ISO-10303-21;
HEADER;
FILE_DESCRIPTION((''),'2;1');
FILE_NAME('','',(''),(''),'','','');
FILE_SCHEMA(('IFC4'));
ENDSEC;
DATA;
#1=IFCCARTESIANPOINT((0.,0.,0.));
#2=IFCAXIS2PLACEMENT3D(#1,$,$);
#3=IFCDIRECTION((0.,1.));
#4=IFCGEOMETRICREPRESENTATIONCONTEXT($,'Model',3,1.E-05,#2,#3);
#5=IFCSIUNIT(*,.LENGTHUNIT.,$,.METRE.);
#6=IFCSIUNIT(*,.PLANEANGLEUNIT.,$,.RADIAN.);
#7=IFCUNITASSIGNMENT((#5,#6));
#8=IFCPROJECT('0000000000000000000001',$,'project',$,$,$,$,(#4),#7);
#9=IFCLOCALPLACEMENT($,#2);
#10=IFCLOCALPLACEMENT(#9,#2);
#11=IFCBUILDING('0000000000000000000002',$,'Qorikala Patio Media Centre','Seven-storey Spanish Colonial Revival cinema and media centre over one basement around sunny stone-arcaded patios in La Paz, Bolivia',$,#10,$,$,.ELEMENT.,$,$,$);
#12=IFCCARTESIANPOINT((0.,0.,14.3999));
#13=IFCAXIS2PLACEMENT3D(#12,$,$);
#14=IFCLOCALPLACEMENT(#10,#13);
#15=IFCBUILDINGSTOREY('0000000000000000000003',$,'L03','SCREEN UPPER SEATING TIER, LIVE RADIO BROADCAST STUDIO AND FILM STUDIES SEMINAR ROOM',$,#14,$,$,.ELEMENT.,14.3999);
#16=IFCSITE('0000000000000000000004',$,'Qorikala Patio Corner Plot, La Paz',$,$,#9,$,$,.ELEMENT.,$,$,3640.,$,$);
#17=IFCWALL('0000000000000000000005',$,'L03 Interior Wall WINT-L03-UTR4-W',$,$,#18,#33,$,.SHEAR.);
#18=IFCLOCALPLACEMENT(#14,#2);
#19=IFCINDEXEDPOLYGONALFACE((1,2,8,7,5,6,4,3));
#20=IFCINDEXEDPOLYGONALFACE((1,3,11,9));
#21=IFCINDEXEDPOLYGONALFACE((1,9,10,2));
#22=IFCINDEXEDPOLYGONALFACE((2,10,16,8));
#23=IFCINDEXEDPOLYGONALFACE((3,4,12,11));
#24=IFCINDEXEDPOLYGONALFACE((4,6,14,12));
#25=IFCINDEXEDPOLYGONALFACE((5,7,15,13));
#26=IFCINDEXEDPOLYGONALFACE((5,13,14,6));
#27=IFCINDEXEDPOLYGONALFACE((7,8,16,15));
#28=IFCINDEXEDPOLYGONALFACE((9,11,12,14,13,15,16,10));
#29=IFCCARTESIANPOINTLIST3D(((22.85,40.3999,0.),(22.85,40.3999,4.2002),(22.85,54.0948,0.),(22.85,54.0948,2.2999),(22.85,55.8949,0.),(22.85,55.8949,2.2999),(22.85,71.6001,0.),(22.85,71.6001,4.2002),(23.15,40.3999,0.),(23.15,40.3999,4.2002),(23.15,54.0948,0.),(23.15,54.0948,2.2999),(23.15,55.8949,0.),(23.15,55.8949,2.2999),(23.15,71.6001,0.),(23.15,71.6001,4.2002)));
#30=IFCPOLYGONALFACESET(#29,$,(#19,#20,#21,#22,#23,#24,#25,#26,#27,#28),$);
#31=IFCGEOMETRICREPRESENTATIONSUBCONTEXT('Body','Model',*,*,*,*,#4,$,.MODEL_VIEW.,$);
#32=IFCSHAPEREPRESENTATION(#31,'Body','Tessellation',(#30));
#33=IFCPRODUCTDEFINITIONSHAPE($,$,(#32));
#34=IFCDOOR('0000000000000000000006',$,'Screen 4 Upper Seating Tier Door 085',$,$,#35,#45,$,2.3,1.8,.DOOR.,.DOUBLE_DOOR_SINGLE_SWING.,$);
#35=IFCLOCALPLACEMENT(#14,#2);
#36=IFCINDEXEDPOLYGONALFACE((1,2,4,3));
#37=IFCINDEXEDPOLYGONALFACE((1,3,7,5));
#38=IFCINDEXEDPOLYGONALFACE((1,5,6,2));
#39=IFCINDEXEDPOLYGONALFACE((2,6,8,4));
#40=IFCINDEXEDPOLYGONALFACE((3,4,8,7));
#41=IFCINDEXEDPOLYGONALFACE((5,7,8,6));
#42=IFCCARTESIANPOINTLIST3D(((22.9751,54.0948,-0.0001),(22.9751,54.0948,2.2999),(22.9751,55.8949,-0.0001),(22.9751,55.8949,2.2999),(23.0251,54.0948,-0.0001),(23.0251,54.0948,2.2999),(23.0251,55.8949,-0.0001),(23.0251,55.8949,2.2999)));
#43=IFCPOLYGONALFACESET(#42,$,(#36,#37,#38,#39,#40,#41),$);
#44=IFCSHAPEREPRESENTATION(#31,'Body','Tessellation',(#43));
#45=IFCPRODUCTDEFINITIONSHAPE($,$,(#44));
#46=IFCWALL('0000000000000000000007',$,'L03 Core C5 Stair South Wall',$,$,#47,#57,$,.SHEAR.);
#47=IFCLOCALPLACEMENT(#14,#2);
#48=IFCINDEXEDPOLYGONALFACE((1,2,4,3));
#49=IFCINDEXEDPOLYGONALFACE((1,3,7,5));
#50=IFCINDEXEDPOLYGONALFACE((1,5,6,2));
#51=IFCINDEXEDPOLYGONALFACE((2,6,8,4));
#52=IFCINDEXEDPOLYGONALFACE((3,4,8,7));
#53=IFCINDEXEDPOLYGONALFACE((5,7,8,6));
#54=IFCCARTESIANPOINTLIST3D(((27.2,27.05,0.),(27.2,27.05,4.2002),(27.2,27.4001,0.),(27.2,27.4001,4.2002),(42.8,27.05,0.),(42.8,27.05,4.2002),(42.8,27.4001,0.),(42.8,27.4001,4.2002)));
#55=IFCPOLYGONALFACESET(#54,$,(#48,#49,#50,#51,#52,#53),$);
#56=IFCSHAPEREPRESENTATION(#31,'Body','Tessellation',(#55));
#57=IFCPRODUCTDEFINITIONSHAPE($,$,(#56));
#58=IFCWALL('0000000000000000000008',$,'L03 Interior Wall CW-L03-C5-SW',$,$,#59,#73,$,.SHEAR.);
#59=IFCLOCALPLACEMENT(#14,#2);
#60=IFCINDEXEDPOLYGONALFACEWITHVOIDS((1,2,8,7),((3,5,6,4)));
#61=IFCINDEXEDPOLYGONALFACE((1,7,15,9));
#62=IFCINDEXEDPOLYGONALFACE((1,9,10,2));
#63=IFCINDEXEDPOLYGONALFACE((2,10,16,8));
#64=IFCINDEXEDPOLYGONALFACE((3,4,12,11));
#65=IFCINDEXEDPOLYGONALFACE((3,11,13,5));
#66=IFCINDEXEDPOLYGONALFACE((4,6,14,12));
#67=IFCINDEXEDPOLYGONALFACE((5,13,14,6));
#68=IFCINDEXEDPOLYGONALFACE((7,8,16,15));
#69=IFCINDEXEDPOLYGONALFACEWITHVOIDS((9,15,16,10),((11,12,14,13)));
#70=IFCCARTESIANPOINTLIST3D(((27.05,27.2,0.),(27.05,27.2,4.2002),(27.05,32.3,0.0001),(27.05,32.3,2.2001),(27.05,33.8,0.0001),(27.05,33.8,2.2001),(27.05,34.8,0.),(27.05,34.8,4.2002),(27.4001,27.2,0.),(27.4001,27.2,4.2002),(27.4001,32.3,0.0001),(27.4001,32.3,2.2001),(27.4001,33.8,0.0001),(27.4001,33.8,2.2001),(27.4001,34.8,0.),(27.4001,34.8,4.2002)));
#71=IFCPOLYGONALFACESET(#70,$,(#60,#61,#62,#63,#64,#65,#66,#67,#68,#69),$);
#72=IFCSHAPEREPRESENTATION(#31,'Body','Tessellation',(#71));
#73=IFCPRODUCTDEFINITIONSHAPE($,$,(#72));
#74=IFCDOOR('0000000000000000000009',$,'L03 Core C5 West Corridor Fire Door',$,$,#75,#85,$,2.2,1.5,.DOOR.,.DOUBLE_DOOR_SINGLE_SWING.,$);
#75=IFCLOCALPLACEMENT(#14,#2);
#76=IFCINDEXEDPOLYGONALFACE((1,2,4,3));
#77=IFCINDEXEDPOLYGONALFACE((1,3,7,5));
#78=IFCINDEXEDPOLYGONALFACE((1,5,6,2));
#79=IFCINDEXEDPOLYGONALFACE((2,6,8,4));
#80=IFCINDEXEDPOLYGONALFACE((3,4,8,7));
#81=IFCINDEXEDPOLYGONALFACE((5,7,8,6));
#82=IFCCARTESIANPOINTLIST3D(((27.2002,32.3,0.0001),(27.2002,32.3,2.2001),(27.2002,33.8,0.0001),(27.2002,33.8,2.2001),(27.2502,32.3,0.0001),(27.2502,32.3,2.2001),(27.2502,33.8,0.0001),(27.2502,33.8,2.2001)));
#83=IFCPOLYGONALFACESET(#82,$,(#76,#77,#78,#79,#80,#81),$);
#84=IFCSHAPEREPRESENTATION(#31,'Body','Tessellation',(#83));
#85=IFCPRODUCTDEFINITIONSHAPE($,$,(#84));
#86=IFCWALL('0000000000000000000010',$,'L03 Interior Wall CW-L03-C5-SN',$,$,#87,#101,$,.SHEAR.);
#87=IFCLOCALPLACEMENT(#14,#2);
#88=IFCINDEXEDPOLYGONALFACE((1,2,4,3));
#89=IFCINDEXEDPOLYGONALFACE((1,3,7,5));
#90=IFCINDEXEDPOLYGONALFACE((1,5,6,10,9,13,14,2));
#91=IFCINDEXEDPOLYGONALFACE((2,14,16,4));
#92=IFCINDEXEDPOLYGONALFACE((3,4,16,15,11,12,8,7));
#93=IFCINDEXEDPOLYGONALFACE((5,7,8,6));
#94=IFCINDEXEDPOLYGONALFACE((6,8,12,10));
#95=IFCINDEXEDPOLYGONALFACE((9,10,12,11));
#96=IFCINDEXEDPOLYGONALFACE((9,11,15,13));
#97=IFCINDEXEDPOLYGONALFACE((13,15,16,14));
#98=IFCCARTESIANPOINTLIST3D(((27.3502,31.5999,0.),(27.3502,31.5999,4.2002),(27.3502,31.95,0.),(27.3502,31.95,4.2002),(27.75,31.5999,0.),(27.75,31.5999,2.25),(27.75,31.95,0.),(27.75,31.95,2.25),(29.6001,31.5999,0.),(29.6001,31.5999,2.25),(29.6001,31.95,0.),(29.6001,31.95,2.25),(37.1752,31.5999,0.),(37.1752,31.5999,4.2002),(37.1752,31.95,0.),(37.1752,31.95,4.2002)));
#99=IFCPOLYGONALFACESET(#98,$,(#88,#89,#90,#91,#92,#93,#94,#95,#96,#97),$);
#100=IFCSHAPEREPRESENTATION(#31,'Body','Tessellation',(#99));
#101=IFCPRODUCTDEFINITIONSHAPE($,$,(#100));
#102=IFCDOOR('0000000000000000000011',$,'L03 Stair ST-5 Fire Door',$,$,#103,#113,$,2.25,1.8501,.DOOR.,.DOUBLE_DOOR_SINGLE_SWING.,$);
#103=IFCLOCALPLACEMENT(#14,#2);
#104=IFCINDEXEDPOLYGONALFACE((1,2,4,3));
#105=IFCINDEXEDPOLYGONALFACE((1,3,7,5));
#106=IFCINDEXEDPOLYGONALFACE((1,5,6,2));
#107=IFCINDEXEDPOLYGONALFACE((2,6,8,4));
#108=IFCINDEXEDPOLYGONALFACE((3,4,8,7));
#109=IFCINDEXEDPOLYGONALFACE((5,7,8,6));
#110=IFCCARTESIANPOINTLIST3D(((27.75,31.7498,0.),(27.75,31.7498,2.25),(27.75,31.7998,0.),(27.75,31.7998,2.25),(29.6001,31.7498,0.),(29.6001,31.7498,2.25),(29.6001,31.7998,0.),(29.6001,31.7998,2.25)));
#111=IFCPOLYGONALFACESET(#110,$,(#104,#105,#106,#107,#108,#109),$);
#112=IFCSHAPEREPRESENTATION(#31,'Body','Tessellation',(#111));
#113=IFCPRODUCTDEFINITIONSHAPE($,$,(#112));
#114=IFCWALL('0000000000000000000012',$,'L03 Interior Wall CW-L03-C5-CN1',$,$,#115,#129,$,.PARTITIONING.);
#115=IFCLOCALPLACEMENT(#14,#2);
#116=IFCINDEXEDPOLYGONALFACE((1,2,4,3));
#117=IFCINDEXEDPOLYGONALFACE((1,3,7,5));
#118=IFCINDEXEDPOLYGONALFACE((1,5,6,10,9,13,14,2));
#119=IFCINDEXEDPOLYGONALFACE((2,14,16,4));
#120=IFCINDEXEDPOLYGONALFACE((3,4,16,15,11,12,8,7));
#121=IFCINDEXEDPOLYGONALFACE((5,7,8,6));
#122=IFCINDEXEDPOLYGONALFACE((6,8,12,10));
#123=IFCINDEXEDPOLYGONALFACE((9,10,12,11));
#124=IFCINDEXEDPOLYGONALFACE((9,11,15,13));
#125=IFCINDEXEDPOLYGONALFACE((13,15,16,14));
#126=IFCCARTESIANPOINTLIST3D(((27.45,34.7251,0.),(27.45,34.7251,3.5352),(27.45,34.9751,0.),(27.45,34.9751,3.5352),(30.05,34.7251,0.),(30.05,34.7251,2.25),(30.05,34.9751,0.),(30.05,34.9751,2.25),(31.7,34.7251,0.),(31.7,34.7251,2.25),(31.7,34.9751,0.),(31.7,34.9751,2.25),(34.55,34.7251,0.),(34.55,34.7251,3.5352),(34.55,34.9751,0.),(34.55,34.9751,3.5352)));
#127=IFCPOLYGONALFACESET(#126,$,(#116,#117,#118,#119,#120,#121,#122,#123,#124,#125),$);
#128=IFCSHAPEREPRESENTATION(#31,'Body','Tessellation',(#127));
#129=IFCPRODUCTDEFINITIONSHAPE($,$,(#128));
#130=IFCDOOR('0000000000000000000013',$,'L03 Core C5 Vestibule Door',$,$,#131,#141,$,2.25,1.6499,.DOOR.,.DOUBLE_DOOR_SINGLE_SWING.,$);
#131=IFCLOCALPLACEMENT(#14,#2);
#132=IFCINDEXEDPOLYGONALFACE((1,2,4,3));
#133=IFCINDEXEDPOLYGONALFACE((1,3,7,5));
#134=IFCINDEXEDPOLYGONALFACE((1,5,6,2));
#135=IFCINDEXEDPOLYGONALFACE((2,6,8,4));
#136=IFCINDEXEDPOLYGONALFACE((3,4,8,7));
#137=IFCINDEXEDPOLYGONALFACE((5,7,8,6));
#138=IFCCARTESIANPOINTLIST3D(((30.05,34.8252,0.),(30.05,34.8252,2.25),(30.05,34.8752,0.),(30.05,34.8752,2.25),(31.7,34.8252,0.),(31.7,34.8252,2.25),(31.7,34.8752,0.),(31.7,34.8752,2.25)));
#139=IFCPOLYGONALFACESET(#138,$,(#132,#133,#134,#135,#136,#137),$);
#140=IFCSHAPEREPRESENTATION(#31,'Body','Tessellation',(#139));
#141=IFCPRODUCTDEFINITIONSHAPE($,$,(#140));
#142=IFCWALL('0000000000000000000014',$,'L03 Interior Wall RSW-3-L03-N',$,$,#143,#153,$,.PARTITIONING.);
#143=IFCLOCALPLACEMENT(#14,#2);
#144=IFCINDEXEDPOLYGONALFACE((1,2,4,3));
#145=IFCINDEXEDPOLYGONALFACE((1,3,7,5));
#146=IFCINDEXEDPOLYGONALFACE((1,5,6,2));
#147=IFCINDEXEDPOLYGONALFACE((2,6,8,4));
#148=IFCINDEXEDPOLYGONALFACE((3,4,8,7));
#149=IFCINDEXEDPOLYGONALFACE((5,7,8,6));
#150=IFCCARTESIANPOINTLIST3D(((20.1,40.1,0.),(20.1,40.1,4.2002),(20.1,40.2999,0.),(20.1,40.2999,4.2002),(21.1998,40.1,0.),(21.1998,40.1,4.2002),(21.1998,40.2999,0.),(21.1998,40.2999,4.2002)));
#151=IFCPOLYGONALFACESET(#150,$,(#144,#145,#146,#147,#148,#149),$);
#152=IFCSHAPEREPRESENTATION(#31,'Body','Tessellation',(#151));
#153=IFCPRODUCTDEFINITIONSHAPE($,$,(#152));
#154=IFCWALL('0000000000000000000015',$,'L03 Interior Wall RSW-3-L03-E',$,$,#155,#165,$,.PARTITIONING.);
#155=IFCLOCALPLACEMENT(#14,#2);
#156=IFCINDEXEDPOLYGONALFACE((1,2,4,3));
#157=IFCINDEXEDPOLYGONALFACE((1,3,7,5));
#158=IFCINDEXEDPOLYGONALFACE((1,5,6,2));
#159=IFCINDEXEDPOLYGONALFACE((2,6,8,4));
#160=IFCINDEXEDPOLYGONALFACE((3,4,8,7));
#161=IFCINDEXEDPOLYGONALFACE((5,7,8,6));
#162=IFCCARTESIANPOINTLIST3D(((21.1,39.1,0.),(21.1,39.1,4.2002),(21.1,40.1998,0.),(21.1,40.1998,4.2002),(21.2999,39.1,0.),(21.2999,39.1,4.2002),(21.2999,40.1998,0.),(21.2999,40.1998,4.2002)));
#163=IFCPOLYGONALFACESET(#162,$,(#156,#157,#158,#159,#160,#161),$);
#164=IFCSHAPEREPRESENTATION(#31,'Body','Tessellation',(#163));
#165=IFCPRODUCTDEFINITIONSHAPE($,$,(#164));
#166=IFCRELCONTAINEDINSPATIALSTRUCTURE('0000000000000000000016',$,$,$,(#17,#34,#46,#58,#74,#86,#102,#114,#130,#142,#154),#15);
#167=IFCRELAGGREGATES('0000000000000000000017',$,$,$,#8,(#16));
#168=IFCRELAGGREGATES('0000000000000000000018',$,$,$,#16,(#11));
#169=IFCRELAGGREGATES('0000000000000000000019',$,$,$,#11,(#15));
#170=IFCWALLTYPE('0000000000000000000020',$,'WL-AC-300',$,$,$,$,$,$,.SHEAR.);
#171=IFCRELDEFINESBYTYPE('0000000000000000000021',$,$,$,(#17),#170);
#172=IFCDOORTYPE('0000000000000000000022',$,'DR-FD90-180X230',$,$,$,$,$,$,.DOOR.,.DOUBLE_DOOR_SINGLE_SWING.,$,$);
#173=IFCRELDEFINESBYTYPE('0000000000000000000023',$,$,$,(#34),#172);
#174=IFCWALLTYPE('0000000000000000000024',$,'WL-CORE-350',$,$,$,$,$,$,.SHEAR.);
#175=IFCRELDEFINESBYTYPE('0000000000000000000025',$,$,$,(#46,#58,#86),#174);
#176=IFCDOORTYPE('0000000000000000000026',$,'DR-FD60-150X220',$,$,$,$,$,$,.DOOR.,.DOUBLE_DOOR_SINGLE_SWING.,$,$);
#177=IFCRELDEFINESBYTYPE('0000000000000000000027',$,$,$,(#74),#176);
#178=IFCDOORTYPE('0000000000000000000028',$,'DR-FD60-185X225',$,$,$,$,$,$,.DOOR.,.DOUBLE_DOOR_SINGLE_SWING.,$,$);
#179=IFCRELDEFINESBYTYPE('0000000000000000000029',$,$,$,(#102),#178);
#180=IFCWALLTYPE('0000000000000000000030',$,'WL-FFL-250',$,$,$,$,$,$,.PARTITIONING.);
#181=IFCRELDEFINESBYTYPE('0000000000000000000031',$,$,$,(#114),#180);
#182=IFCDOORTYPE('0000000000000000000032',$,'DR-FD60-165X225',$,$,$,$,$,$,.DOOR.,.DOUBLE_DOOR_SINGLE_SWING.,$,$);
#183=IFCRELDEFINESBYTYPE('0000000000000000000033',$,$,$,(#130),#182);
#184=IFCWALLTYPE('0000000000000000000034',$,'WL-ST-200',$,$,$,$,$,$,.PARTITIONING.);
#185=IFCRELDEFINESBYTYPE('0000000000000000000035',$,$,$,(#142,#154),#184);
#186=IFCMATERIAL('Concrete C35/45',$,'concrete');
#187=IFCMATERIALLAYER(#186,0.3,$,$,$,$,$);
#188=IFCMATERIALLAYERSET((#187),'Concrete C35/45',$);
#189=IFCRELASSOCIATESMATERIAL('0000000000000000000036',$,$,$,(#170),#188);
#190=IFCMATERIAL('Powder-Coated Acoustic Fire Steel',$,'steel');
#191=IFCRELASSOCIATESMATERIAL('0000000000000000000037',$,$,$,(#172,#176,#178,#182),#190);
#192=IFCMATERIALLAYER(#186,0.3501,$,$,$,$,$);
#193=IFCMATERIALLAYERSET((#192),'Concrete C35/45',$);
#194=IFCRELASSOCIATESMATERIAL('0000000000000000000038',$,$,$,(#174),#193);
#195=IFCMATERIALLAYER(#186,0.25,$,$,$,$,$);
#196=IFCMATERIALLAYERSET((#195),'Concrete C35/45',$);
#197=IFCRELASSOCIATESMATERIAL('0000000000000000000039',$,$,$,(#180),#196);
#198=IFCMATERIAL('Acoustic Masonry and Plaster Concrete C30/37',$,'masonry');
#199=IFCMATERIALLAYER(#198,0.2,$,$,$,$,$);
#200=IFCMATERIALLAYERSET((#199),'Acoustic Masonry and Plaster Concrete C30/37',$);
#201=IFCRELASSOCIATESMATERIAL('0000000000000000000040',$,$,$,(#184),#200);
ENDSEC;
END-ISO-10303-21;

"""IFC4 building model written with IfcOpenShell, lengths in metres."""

from ifc_helpers import new_model, si_unit, direction, frame, frame_2d, origin, place, context, subcontext, project, spatial, rectangle, extrude, material, layer, layer_set, type_object, element, fill, save


model = new_model("IFC4")

# Units and contexts
model_context = context("Model", 3, precision=1e-05, world=origin(), true_north=direction((0.0, 1.0)))
body_context = subcontext(model_context, "Body", "Model", "MODEL_VIEW")
ifc_project = project(units=[si_unit("LENGTHUNIT", "METRE"), si_unit("PLANEANGLEUNIT", "RADIAN")], contexts=[model_context])

# Site, building, storey
site_placement = place(None, origin())
site = spatial("IfcSite", under=ifc_project, at=site_placement, Name="Qorikala Patio Corner Plot, La Paz", CompositionType="ELEMENT", RefElevation=3640.0)
building_placement = place(site_placement, origin())
building = spatial("IfcBuilding", under=site, at=building_placement, Name="Qorikala Patio Media Centre", Description="Seven-storey Spanish Colonial Revival cinema and media centre over one basement around sunny stone-arcaded patios in La Paz, Bolivia", CompositionType="ELEMENT")
storey_placement = place(building_placement, frame((0.0, 0.0, 14.3999)))
storey = spatial("IfcBuildingStorey", under=building, at=storey_placement, Name="L03", Description="SCREEN UPPER SEATING TIER, LIVE RADIO BROADCAST STUDIO AND FILM STUDIES SEMINAR ROOM", CompositionType="ELEMENT", Elevation=14.3999)

# Shared definitions
ifc_material_1 = material(Name="Concrete C35/45", Category="concrete")

# Shared definitions
ifc_layer_1 = layer(ifc_material_1, 0.3)
ifc_layer_set_1 = layer_set([ifc_layer_1], Name="Concrete C35/45")
wall_type_1 = type_object("IfcWallType", Name="WL-AC-300", PredefinedType="SHEAR", material=ifc_layer_set_1)

# Wall, opening, door
wall_1_placement = place(storey_placement, frame((23.0, 40.3999, 0.0), z_axis=(0.0, 0.0, 1.0), x_axis=(0.0, 1.0, 0.0)))
wall_1 = element("IfcWall", 1, at=wall_1_placement, inside=storey, type_object=wall_type_1, Name="L03 Interior Wall WINT-L03-UTR4-W", PredefinedType="SHEAR", context=body_context, shape_type="SweptSolid", body=[
    extrude(rectangle(XDim=31.2002, YDim=0.3, at=frame_2d((15.6001, 0.0))), origin(), (0.0, 0.0, 1.0), 4.2002),
])
opening_1_placement = place(wall_1_placement, frame((13.6951, 0.0, 0.0)))
opening_1 = element("IfcOpeningElement", 2, at=opening_1_placement, cuts=wall_1, PredefinedType="OPENING", context=body_context, shape_type="SweptSolid", body=[
    extrude(rectangle(XDim=1.8, YDim=2.3, at=frame_2d((0.8999, 1.1499))), frame((0.0, 0.1599, 0.0), z_axis=(0.0, -1.0, 0.0), x_axis=(1.0, 0.0, 0.0)), (0.0, 0.0, 1.0), 0.3201),
])
ifc_material_2 = material(Name="Powder-Coated Acoustic Fire Steel", Category="steel")
door_type_1 = type_object("IfcDoorType", Name="DR-FD90-180X230", OperationType="DOUBLE_DOOR_SINGLE_SWING", PredefinedType="DOOR", material=ifc_material_2)
door_1_placement = place(opening_1_placement, origin())
door_1 = element("IfcDoor", 3, at=door_1_placement, inside=storey, type_object=door_type_1, Name="Screen 4 Upper Seating Tier Door 085", OperationType="DOUBLE_DOOR_SINGLE_SWING", OverallHeight=2.3, OverallWidth=1.8, PredefinedType="DOOR", context=body_context, shape_type="SweptSolid", body=[
    extrude(rectangle(XDim=1.8, YDim=2.3, at=frame_2d((0.8999, 1.1499))), frame((0.0, 0.0249, 0.0), z_axis=(0.0, -1.0, 0.0), x_axis=(1.0, 0.0, 0.0)), (0.0, 0.0, 1.0), 0.05),
])
fill(opening_1, door_1)

# Wall
ifc_layer_2 = layer(ifc_material_1, 0.3501)
ifc_layer_set_2 = layer_set([ifc_layer_2], Name="Concrete C35/45")
wall_type_2 = type_object("IfcWallType", Name="WL-CORE-350", PredefinedType="SHEAR", material=ifc_layer_set_2)
wall_2_placement = place(storey_placement, frame((27.2, 27.2251, 0.0), z_axis=(0.0, 0.0, 1.0), x_axis=(1.0, 0.0, 0.0)))
element("IfcWall", 4, at=wall_2_placement, inside=storey, type_object=wall_type_2, Name="L03 Core C5 Stair South Wall", PredefinedType="SHEAR", context=body_context, shape_type="SweptSolid", body=[
    extrude(rectangle(XDim=15.6001, YDim=0.3501, at=frame_2d((7.8, 0.0))), origin(), (0.0, 0.0, 1.0), 4.2002),
])

# Walls, openings, doors
wall_3_placement = place(storey_placement, frame((27.2251, 27.2, 0.0), z_axis=(0.0, 0.0, 1.0), x_axis=(0.0, 1.0, 0.0)))
wall_3 = element("IfcWall", 5, at=wall_3_placement, inside=storey, type_object=wall_type_2, Name="L03 Interior Wall CW-L03-C5-SW", PredefinedType="SHEAR", context=body_context, shape_type="SweptSolid", body=[
    extrude(rectangle(XDim=7.6001, YDim=0.3501, at=frame_2d((3.8, 0.0))), origin(), (0.0, 0.0, 1.0), 4.2002),
])
opening_2_placement = place(wall_3_placement, frame((5.1001, 0.0, 0.0)))
opening_2 = element("IfcOpeningElement", 6, at=opening_2_placement, cuts=wall_3, PredefinedType="OPENING", context=body_context, shape_type="SweptSolid", body=[
    extrude(rectangle(XDim=1.5, YDim=2.2, at=frame_2d((0.75, 1.1001))), frame((0.0, 0.1851, 0.0), z_axis=(0.0, -1.0, 0.0), x_axis=(1.0, 0.0, 0.0)), (0.0, 0.0, 1.0), 0.3701),
])
door_type_2 = type_object("IfcDoorType", Name="DR-FD60-150X220", OperationType="DOUBLE_DOOR_SINGLE_SWING", PredefinedType="DOOR", material=ifc_material_2)
door_2_placement = place(opening_2_placement, origin())
door_2 = element("IfcDoor", 7, at=door_2_placement, inside=storey, type_object=door_type_2, Name="L03 Core C5 West Corridor Fire Door", OperationType="DOUBLE_DOOR_SINGLE_SWING", OverallHeight=2.2, OverallWidth=1.5, PredefinedType="DOOR", context=body_context, shape_type="SweptSolid", body=[
    extrude(rectangle(XDim=1.5, YDim=2.2, at=frame_2d((0.75, 1.1001))), frame((0.0, 0.0249, 0.0), z_axis=(0.0, -1.0, 0.0), x_axis=(1.0, 0.0, 0.0)), (0.0, 0.0, 1.0), 0.05),
])
fill(opening_2, door_2)
wall_4_placement = place(storey_placement, frame((27.3501, 31.7749, 0.0), z_axis=(0.0, 0.0, 1.0), x_axis=(1.0, 0.0, 0.0)))
wall_4 = element("IfcWall", 8, at=wall_4_placement, inside=storey, type_object=wall_type_2, Name="L03 Interior Wall CW-L03-C5-SN", PredefinedType="SHEAR", context=body_context, shape_type="SweptSolid", body=[
    extrude(rectangle(XDim=9.825, YDim=0.3501, at=frame_2d((4.9126, 0.0))), origin(), (0.0, 0.0, 1.0), 4.2002),
])
opening_3_placement = place(wall_4_placement, frame((0.3999, 0.0, 0.0)))
opening_3 = element("IfcOpeningElement", 9, at=opening_3_placement, cuts=wall_4, PredefinedType="OPENING", context=body_context, shape_type="SweptSolid", body=[
    extrude(rectangle(XDim=1.8501, YDim=2.25, at=frame_2d((0.925, 1.125))), frame((0.0, 0.1851, 0.0), z_axis=(0.0, -1.0, 0.0), x_axis=(1.0, 0.0, 0.0)), (0.0, 0.0, 1.0), 0.3701),
])
door_type_3 = type_object("IfcDoorType", Name="DR-FD60-185X225", OperationType="DOUBLE_DOOR_SINGLE_SWING", PredefinedType="DOOR", material=ifc_material_2)
door_3_placement = place(opening_3_placement, origin())
door_3 = element("IfcDoor", 10, at=door_3_placement, inside=storey, type_object=door_type_3, Name="L03 Stair ST-5 Fire Door", OperationType="DOUBLE_DOOR_SINGLE_SWING", OverallHeight=2.25, OverallWidth=1.8501, PredefinedType="DOOR", context=body_context, shape_type="SweptSolid", body=[
    extrude(rectangle(XDim=1.8501, YDim=2.25, at=frame_2d((0.925, 1.125))), frame((0.0, 0.0249, 0.0), z_axis=(0.0, -1.0, 0.0), x_axis=(1.0, 0.0, 0.0)), (0.0, 0.0, 1.0), 0.05),
])
fill(opening_3, door_3)
ifc_layer_3 = layer(ifc_material_1, 0.25)
ifc_layer_set_3 = layer_set([ifc_layer_3], Name="Concrete C35/45")
wall_type_3 = type_object("IfcWallType", Name="WL-FFL-250", PredefinedType="PARTITIONING", material=ifc_layer_set_3)
wall_5_placement = place(storey_placement, frame((27.45, 34.8501, 0.0), z_axis=(0.0, 0.0, 1.0), x_axis=(1.0, 0.0, 0.0)))
wall_5 = element("IfcWall", 11, at=wall_5_placement, inside=storey, type_object=wall_type_3, Name="L03 Interior Wall CW-L03-C5-CN1", PredefinedType="PARTITIONING", context=body_context, shape_type="SweptSolid", body=[
    extrude(rectangle(XDim=7.1001, YDim=0.25, at=frame_2d((3.55, 0.0))), origin(), (0.0, 0.0, 1.0), 3.5352),
])
opening_4_placement = place(wall_5_placement, frame((2.6001, 0.0, 0.0)))
opening_4 = element("IfcOpeningElement", 12, at=opening_4_placement, cuts=wall_5, PredefinedType="OPENING", context=body_context, shape_type="SweptSolid", body=[
    extrude(rectangle(XDim=1.6499, YDim=2.25, at=frame_2d((0.825, 1.125))), frame((0.0, 0.135, 0.0), z_axis=(0.0, -1.0, 0.0), x_axis=(1.0, 0.0, 0.0)), (0.0, 0.0, 1.0), 0.27),
])
door_type_4 = type_object("IfcDoorType", Name="DR-FD60-165X225", OperationType="DOUBLE_DOOR_SINGLE_SWING", PredefinedType="DOOR", material=ifc_material_2)
door_4_placement = place(opening_4_placement, frame((1.6499, 0.0, 0.0), z_axis=(0.0, 0.0, 1.0), x_axis=(-1.0, 0.0, 0.0)))
door_4 = element("IfcDoor", 13, at=door_4_placement, inside=storey, type_object=door_type_4, Name="L03 Core C5 Vestibule Door", OperationType="DOUBLE_DOOR_SINGLE_SWING", OverallHeight=2.25, OverallWidth=1.6499, PredefinedType="DOOR", context=body_context, shape_type="SweptSolid", body=[
    extrude(rectangle(XDim=1.6499, YDim=2.25, at=frame_2d((0.825, 1.125))), frame((0.0, 0.0249, 0.0), z_axis=(0.0, -1.0, 0.0), x_axis=(1.0, 0.0, 0.0)), (0.0, 0.0, 1.0), 0.05),
])
fill(opening_4, door_4)

# Walls
ifc_material_3 = material(Name="Acoustic Masonry and Plaster Concrete C30/37", Category="masonry")
ifc_layer_4 = layer(ifc_material_3, 0.2)
ifc_layer_set_4 = layer_set([ifc_layer_4], Name="Acoustic Masonry and Plaster Concrete C30/37")
wall_type_4 = type_object("IfcWallType", Name="WL-ST-200", PredefinedType="PARTITIONING", material=ifc_layer_set_4)
for number, where, z_axis, x_axis, name in (
    (14, (20.1001, 40.2, 0.0), (0.0, 0.0, 1.0), (1.0, 0.0, 0.0), "L03 Interior Wall RSW-3-L03-N"),
    (15, (21.2, 39.1001, 0.0), (0.0, 0.0, 1.0), (0.0, 1.0, 0.0), "L03 Interior Wall RSW-3-L03-E"),
):
    element("IfcWall", number, at=place(storey_placement, frame(where, z_axis=z_axis, x_axis=x_axis)), inside=storey, type_object=wall_type_4, Name=name, PredefinedType="PARTITIONING", context=body_context, shape_type="SweptSolid", body=[
        extrude(rectangle(XDim=1.0999, YDim=0.2, at=frame_2d((0.5498, 0.0))), origin(), (0.0, 0.0, 1.0), 4.2002),
    ])

save(model, "model.ifc")
